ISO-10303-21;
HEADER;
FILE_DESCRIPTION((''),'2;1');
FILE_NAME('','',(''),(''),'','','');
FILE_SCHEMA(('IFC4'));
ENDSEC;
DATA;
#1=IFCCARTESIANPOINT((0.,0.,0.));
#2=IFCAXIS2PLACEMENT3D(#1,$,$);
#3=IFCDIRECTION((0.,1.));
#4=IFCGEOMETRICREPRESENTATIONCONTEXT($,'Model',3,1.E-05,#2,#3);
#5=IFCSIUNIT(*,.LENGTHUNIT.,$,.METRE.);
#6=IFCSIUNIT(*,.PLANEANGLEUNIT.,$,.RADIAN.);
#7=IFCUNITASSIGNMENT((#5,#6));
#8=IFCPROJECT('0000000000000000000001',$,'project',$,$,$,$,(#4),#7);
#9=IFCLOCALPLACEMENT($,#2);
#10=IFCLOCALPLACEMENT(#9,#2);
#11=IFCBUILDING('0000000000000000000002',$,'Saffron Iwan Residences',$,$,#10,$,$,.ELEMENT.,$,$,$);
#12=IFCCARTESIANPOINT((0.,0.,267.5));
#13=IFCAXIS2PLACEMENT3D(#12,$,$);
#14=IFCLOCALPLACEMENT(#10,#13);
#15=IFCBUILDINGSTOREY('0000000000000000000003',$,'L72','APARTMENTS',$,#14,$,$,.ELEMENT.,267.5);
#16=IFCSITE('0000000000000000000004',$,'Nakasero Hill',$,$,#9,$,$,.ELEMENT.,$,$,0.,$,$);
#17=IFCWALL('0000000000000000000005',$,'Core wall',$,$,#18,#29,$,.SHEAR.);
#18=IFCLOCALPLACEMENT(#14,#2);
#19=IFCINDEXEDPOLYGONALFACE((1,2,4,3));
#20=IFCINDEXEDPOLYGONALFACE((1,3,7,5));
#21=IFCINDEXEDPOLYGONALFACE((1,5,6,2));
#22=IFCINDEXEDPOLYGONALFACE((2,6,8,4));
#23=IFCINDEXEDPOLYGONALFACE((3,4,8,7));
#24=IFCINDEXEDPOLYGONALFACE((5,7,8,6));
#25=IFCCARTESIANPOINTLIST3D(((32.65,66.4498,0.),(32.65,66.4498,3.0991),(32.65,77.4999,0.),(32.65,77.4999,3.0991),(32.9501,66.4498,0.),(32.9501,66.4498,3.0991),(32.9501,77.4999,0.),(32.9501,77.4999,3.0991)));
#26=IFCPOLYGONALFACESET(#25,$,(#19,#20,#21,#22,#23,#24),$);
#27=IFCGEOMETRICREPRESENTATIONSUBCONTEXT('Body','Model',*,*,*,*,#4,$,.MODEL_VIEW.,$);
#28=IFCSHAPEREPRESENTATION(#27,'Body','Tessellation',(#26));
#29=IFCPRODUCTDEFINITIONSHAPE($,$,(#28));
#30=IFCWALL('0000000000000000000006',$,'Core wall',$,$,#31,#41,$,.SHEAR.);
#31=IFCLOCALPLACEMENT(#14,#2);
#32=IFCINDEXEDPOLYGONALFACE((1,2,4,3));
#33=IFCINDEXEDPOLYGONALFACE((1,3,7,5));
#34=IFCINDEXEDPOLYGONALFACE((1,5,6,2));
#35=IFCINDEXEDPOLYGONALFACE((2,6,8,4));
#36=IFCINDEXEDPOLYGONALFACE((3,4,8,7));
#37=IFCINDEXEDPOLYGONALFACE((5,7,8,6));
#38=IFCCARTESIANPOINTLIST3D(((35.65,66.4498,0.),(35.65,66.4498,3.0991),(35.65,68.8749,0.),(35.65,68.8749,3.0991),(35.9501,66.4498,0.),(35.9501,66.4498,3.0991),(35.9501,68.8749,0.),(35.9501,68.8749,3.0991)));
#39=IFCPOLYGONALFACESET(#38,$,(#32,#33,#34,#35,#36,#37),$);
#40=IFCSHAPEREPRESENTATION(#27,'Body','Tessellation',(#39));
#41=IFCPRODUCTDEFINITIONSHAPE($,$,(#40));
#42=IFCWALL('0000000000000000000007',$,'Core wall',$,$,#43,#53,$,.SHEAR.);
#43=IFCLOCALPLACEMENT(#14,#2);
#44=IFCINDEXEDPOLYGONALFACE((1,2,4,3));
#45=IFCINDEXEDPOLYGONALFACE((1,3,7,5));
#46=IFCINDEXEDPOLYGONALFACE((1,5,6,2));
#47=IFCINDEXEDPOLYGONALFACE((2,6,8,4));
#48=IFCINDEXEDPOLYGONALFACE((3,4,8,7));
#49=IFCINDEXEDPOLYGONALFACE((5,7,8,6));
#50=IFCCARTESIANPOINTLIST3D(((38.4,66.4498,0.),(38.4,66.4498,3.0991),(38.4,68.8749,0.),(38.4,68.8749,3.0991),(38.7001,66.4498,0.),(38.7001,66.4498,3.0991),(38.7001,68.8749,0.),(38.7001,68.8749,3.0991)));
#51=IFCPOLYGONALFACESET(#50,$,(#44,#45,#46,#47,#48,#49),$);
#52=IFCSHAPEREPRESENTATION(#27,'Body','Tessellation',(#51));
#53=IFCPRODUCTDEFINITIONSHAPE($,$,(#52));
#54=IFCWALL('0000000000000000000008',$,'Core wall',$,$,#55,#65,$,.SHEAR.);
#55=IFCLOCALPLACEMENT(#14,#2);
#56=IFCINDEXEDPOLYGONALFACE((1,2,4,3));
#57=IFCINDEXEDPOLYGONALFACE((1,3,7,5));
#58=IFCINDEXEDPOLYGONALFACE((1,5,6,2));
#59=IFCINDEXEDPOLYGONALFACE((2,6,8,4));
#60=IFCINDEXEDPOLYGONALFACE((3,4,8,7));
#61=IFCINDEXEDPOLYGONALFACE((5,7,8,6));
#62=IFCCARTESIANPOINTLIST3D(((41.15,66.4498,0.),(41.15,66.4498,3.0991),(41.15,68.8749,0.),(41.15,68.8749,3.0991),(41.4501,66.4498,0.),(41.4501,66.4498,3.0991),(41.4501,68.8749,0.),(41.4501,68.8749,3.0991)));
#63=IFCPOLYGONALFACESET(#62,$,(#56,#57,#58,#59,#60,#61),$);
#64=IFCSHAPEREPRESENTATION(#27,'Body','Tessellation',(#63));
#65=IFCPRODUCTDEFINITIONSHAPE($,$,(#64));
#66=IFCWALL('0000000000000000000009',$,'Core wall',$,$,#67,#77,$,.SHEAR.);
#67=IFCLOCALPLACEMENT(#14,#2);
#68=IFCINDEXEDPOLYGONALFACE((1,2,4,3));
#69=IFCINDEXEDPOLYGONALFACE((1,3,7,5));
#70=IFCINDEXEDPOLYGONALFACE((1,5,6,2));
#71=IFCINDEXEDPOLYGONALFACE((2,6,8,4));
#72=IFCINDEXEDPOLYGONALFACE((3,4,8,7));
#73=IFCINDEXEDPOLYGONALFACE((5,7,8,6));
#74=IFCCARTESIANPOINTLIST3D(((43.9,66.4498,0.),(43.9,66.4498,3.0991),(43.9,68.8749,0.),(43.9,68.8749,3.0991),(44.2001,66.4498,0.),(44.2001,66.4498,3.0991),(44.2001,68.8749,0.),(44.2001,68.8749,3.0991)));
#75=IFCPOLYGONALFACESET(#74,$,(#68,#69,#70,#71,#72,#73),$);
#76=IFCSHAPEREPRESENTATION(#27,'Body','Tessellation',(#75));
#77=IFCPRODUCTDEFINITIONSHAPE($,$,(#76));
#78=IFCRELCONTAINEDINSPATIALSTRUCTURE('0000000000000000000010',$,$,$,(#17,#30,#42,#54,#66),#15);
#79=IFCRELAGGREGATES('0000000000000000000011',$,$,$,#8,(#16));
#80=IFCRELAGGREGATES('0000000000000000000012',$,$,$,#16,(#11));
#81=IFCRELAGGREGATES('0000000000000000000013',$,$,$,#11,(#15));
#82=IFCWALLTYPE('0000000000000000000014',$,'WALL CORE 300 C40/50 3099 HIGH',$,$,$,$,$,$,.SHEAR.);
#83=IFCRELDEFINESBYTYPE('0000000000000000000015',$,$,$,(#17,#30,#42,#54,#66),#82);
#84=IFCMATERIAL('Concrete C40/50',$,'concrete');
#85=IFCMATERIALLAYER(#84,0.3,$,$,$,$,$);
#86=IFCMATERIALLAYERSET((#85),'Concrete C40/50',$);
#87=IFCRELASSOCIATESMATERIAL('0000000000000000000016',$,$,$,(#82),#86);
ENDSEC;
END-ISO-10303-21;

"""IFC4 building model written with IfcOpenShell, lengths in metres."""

from ifc_helpers import new_model, si_unit, direction, frame, frame_2d, origin, place, context, subcontext, project, spatial, rectangle, extrude, material, layer, layer_set, type_object, element, save


model = new_model("IFC4")

# Units and contexts
model_context = context("Model", 3, precision=1e-05, world=origin(), true_north=direction((0.0, 1.0)))
body_context = subcontext(model_context, "Body", "Model", "MODEL_VIEW")
ifc_project = project(units=[si_unit("LENGTHUNIT", "METRE"), si_unit("PLANEANGLEUNIT", "RADIAN")], contexts=[model_context])

# Site, building, storey
site_placement = place(None, origin())
site = spatial("IfcSite", under=ifc_project, at=site_placement, Name="Nakasero Hill", CompositionType="ELEMENT", RefElevation=0.0)
building_placement = place(site_placement, origin())
building = spatial("IfcBuilding", under=site, at=building_placement, Name="Saffron Iwan Residences", CompositionType="ELEMENT")
storey_placement = place(building_placement, frame((0.0, 0.0, 267.5)))
storey = spatial("IfcBuildingStorey", under=building, at=storey_placement, Name="L72", Description="APARTMENTS", CompositionType="ELEMENT", Elevation=267.5)

# Shared definitions
ifc_material_1 = material(Name="Concrete C40/50", Category="concrete")

# Shared definitions
ifc_layer_1 = layer(ifc_material_1, 0.3)
ifc_layer_set_1 = layer_set([ifc_layer_1], Name="Concrete C40/50")
wall_type_1 = type_object("IfcWallType", Name="WALL CORE 300 C40/50 3099 HIGH", PredefinedType="SHEAR", material=ifc_layer_set_1)

# Walls
wall_1_placement = place(storey_placement, frame((32.8, 66.45, 0.0), z_axis=(0.0, 0.0, 1.0), x_axis=(0.0, 1.0, 0.0)))
element("IfcWall", 1, at=wall_1_placement, inside=storey, type_object=wall_type_1, Name="Core wall", PredefinedType="SHEAR", context=body_context, shape_type="SweptSolid", body=[
    extrude(rectangle(XDim=11.05, YDim=0.3, at=frame_2d((5.5249, 0.0))), origin(), (0.0, 0.0, 1.0), 3.0991),
])
for number, where, z_axis, x_axis, name in (
    (2, (35.8, 66.45, 0.0), (0.0, 0.0, 1.0), (0.0, 1.0, 0.0), "Core wall"),
    (3, (38.55, 66.45, 0.0), (0.0, 0.0, 1.0), (0.0, 1.0, 0.0), "Core wall"),
    (4, (41.3, 66.45, 0.0), (0.0, 0.0, 1.0), (0.0, 1.0, 0.0), "Core wall"),
    (5, (44.05, 66.45, 0.0), (0.0, 0.0, 1.0), (0.0, 1.0, 0.0), "Core wall"),
):
    element("IfcWall", number, at=place(storey_placement, frame(where, z_axis=z_axis, x_axis=x_axis)), inside=storey, type_object=wall_type_1, Name=name, PredefinedType="SHEAR", context=body_context, shape_type="SweptSolid", body=[
        extrude(rectangle(XDim=2.425, YDim=0.3, at=frame_2d((1.2124, 0.0))), origin(), (0.0, 0.0, 1.0), 3.0991),
    ])

save(model, "model.ifc")
